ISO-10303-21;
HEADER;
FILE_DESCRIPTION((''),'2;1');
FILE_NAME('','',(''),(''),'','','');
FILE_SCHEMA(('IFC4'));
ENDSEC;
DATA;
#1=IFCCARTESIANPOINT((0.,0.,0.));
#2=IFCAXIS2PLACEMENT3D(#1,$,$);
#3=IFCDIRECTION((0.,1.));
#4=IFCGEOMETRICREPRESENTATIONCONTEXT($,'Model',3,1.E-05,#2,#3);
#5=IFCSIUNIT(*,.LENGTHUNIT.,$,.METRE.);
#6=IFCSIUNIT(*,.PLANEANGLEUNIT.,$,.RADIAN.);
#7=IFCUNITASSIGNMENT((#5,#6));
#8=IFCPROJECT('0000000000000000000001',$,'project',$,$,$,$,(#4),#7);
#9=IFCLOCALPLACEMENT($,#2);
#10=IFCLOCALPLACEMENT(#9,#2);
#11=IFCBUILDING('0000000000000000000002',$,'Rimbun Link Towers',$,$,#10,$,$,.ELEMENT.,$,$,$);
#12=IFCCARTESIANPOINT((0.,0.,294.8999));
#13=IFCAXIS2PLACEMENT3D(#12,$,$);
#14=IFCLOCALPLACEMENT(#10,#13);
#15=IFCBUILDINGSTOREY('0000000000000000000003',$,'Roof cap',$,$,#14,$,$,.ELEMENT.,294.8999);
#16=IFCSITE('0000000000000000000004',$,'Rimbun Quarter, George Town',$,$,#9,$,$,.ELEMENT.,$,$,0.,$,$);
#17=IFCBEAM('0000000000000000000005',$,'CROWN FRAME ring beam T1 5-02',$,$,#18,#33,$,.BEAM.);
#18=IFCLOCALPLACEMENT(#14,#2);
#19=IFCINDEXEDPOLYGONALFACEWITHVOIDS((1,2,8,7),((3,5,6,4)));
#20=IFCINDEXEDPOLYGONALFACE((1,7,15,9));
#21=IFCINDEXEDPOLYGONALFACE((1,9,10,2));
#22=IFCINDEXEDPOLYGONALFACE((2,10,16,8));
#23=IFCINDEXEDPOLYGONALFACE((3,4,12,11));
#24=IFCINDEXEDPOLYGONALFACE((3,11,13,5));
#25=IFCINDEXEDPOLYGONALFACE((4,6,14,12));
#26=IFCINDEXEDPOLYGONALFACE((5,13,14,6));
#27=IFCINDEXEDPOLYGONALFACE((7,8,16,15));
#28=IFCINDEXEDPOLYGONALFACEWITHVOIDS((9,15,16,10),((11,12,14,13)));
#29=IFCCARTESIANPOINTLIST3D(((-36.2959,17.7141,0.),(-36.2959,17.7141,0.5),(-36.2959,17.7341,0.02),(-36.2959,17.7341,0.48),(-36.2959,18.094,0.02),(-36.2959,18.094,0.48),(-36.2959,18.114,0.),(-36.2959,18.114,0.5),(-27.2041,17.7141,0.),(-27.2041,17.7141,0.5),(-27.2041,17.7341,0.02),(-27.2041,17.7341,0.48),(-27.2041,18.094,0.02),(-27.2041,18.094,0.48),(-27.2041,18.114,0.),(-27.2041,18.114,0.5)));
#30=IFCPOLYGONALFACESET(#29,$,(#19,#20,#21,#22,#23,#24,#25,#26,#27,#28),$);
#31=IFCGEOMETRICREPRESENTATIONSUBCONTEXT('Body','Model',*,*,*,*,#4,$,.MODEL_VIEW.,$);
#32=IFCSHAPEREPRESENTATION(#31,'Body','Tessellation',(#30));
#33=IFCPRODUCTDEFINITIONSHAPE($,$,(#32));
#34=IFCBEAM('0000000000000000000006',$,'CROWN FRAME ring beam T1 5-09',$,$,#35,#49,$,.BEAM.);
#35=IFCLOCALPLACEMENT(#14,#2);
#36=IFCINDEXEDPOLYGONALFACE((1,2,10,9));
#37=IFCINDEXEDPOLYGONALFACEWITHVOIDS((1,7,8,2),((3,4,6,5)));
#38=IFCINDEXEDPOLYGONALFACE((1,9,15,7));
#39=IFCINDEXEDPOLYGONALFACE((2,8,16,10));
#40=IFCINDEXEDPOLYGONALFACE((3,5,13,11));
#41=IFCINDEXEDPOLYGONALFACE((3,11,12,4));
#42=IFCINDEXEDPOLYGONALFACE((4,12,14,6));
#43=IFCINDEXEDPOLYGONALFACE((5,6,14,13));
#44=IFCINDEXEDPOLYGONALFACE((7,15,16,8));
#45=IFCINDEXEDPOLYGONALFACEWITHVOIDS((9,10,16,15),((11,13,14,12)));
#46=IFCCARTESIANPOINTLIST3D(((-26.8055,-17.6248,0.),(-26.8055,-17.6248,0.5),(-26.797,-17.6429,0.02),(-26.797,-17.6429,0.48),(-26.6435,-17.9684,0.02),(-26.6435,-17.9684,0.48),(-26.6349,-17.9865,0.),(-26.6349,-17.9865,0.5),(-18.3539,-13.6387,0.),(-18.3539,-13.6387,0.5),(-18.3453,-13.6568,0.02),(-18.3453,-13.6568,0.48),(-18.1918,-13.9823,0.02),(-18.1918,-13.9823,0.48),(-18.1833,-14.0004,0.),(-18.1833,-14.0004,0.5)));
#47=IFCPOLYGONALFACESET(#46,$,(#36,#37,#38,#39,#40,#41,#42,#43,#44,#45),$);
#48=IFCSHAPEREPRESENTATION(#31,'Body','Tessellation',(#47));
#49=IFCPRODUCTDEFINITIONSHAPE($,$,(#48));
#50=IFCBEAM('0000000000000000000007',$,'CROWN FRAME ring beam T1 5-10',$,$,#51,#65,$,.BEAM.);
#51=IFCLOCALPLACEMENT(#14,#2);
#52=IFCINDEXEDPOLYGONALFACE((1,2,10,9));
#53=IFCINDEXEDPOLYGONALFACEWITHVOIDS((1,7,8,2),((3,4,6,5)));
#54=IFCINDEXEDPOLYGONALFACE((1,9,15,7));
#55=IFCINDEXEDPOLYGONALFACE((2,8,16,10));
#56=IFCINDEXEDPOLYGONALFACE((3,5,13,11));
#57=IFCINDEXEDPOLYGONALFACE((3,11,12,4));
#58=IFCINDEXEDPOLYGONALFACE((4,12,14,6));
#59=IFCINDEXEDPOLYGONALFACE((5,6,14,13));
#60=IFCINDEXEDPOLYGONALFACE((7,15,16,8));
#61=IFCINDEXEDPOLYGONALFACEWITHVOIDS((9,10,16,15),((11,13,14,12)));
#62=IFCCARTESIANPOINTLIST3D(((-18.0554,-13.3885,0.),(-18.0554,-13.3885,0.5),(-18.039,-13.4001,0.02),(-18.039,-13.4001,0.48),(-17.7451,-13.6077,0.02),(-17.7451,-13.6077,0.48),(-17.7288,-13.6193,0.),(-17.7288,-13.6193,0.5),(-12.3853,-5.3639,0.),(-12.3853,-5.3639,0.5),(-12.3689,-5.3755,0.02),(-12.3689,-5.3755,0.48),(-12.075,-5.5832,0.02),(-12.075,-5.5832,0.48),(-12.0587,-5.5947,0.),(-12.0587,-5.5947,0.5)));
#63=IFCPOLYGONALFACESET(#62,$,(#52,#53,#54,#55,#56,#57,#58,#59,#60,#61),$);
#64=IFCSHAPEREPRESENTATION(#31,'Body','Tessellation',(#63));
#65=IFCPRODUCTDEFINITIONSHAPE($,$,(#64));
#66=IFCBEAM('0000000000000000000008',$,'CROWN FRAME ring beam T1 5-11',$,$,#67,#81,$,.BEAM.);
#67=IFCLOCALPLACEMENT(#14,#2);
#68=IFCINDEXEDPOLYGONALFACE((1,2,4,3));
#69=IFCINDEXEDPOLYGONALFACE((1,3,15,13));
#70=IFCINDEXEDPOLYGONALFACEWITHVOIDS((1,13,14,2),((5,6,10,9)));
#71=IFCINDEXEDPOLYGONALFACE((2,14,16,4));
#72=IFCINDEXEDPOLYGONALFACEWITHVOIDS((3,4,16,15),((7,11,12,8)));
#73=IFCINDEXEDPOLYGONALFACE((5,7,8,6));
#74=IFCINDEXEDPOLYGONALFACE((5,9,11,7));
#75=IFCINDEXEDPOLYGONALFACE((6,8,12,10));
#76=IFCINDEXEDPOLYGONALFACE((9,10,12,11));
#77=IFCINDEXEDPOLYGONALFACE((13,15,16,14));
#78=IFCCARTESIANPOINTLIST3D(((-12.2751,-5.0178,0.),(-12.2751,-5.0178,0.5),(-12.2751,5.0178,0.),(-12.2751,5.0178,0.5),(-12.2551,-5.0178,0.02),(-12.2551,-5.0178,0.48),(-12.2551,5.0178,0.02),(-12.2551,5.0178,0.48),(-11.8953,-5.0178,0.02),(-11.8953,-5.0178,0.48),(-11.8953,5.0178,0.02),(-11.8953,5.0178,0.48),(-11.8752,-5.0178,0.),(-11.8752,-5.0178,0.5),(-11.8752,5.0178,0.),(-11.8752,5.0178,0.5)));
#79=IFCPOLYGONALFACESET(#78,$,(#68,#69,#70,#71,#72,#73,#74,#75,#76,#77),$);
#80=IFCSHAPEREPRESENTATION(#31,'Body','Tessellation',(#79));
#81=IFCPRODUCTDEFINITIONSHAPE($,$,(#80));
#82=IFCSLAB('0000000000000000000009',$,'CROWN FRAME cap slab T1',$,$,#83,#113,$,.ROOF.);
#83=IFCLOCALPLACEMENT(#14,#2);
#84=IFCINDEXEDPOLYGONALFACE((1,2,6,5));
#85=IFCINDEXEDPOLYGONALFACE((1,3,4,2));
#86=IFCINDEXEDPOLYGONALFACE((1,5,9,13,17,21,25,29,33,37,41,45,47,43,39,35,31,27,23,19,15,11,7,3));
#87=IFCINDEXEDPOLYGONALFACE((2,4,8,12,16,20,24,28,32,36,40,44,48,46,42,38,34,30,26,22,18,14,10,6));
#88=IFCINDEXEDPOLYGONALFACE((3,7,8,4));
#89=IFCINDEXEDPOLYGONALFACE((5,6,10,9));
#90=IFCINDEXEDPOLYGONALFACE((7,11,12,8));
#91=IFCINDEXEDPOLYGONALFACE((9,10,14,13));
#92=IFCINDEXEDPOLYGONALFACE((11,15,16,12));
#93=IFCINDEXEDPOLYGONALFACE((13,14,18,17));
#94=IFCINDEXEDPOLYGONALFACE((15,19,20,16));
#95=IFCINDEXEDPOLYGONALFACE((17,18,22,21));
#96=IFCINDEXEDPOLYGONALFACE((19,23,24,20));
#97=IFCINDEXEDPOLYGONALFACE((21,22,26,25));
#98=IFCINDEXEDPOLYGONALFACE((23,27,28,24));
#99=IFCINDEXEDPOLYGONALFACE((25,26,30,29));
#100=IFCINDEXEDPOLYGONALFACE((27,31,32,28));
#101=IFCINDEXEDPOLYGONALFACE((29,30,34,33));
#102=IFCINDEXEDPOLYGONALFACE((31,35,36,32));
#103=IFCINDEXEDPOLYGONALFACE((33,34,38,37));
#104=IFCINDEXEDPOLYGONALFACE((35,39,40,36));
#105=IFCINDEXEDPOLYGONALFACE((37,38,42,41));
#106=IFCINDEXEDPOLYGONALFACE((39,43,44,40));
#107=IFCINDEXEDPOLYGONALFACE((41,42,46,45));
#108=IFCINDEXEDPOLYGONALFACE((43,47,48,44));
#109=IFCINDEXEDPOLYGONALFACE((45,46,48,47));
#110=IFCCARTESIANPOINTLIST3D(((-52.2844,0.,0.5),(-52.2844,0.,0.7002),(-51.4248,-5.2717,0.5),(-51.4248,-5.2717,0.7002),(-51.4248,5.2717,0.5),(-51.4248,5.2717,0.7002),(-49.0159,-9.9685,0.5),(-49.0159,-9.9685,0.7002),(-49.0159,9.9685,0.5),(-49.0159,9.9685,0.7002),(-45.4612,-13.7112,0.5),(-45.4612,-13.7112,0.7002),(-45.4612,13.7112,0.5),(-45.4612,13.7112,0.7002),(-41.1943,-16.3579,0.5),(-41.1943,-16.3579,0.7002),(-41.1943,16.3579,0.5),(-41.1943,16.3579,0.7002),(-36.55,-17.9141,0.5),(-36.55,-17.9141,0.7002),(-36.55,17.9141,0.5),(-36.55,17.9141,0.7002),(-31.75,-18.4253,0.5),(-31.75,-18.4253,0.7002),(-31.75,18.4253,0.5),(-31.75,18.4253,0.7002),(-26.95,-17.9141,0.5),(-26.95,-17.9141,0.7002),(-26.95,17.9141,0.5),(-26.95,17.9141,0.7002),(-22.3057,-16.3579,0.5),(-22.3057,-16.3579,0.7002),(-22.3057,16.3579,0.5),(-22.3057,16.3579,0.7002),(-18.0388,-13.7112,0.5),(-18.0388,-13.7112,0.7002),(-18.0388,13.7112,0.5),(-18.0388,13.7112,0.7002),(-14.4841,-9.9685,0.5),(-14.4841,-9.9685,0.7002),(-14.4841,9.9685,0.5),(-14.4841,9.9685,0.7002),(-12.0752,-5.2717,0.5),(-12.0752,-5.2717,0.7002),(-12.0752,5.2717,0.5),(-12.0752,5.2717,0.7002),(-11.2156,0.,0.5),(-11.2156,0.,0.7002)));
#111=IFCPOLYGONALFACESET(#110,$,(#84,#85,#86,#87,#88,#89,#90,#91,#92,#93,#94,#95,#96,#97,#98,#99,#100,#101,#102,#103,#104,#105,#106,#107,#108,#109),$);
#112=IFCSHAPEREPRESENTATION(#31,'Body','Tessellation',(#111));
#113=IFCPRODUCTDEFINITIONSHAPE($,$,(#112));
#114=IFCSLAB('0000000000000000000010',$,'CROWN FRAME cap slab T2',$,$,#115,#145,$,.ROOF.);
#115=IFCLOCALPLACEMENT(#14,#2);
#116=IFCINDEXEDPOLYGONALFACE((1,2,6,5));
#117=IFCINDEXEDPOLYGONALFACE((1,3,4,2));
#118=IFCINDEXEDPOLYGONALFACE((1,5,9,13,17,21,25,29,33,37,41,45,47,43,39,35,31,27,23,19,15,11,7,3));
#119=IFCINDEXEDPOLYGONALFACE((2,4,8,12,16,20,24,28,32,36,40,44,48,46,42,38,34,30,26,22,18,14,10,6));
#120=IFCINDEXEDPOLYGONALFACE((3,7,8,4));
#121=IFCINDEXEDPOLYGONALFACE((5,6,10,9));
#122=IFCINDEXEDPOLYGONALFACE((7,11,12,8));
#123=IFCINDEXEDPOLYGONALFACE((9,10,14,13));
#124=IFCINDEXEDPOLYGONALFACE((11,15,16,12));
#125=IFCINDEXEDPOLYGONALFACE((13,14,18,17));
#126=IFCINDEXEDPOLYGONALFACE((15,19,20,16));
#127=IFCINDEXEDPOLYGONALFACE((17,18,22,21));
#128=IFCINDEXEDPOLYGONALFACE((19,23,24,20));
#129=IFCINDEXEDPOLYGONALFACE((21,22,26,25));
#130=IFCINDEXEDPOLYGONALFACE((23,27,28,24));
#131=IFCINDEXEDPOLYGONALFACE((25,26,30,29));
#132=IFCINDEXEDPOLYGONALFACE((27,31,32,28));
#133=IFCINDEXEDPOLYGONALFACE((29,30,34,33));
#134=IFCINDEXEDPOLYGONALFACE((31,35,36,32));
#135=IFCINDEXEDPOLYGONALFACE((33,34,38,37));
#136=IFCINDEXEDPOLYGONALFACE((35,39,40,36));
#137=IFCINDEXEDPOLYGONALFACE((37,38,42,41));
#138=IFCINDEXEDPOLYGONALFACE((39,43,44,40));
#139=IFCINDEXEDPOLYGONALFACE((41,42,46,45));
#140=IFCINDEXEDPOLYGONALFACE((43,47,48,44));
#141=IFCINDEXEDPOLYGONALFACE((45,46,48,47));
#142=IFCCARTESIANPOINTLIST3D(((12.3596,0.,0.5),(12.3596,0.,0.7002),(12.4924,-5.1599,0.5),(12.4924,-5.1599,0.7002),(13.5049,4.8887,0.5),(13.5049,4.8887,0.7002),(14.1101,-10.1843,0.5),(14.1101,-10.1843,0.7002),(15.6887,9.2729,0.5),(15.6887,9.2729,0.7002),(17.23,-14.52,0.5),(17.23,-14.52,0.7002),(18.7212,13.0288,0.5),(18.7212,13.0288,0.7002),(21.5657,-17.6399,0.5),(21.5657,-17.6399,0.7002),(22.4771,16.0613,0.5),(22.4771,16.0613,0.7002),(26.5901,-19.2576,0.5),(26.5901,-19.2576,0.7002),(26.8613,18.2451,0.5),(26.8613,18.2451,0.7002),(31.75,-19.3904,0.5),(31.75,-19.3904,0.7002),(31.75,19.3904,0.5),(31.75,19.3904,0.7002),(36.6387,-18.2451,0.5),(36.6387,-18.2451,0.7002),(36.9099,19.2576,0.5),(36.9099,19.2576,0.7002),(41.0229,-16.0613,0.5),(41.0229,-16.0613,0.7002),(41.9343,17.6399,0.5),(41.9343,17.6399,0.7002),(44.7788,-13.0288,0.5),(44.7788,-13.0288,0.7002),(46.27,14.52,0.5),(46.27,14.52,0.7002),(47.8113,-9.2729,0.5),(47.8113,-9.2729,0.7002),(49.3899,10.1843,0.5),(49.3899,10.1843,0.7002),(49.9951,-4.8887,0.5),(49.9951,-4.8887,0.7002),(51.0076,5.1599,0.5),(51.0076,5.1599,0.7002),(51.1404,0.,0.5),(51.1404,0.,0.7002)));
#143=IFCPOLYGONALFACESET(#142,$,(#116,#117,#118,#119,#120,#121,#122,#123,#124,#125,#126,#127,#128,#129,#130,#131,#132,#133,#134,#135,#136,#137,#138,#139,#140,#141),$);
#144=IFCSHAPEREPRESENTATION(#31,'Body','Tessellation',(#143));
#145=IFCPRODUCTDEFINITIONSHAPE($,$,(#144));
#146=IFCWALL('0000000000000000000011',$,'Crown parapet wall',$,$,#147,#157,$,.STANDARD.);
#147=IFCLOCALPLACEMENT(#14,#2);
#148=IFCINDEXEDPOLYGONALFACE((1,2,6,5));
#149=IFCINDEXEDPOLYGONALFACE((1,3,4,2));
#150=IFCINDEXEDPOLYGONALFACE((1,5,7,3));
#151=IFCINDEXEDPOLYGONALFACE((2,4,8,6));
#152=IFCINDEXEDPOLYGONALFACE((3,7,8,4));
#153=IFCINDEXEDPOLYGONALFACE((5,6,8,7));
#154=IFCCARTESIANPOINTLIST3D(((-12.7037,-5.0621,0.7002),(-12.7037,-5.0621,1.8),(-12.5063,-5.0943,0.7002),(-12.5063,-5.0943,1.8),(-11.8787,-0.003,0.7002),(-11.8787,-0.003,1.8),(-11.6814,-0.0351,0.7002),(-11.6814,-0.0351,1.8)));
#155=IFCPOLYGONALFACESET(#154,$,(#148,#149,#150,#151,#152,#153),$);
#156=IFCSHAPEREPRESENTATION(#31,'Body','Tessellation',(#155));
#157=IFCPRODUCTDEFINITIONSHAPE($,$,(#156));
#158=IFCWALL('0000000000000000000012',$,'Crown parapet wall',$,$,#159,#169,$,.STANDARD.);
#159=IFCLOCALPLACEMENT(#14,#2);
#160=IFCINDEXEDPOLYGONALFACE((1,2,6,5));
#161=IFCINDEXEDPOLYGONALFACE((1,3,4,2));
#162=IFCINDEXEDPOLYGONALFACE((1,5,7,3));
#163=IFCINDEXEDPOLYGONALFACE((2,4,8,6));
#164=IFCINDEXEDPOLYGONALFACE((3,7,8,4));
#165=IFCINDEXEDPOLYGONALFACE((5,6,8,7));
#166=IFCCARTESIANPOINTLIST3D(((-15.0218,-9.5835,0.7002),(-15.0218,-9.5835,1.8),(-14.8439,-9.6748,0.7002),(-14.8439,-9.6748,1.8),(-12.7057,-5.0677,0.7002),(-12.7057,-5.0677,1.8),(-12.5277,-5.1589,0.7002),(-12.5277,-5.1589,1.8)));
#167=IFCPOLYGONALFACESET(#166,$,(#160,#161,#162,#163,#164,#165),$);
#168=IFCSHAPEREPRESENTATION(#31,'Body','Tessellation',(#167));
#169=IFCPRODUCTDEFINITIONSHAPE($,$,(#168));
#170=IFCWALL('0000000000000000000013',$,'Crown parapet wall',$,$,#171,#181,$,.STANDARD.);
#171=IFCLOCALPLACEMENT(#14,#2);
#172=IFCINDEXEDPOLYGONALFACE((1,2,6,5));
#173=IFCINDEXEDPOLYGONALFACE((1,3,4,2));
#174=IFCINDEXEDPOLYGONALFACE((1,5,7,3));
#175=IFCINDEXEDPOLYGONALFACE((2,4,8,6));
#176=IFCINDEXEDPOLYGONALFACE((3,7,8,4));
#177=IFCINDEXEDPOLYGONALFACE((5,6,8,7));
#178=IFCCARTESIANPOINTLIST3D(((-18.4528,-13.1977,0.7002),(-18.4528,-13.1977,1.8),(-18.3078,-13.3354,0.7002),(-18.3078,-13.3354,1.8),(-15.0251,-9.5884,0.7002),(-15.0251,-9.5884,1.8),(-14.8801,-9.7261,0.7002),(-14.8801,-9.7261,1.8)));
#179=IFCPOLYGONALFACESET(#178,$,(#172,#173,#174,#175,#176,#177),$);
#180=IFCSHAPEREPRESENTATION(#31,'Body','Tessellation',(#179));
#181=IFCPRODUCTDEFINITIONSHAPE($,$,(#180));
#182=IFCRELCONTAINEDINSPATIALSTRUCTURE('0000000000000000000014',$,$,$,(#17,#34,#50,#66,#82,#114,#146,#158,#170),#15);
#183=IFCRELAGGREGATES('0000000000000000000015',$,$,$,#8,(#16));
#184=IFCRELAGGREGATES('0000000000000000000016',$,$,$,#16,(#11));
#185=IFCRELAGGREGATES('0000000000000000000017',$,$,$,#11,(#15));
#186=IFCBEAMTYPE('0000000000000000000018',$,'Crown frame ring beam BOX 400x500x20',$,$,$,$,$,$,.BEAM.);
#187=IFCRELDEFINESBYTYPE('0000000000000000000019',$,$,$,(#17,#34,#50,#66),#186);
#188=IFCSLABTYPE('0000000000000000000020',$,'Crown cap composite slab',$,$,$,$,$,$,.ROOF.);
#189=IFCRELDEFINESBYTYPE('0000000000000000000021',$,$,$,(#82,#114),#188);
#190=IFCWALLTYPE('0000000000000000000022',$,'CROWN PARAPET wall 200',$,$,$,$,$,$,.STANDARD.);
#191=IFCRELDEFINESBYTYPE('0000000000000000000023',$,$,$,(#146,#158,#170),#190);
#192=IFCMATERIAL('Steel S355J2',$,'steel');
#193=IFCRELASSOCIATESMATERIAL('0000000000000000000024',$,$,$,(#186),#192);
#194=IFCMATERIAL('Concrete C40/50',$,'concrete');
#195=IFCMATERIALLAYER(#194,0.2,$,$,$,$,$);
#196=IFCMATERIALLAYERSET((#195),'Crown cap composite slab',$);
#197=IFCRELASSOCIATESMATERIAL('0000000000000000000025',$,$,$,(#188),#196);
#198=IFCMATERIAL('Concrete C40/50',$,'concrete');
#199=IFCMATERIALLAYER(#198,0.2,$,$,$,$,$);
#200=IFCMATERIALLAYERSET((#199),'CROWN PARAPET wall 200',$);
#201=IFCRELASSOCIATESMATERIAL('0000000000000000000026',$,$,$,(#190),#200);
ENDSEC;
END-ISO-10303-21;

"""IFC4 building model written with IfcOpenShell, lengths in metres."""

from ifc_helpers import new_model, si_unit, direction, frame, frame_2d, origin, origin_2d, place, context, subcontext, project, spatial, polyline, rectangle, hollow_rectangle, outline, extrude, material, layer, layer_set, material_profile, profile_set, type_object, element, save


model = new_model("IFC4")

# Units and contexts
model_context = context("Model", 3, precision=1e-05, world=origin(), true_north=direction((0.0, 1.0)))
body_context = subcontext(model_context, "Body", "Model", "MODEL_VIEW")
ifc_project = project(units=[si_unit("LENGTHUNIT", "METRE"), si_unit("PLANEANGLEUNIT", "RADIAN")], contexts=[model_context])

# Site, building, storey
site_placement = place(None, origin())
site = spatial("IfcSite", under=ifc_project, at=site_placement, Name="Rimbun Quarter, George Town", CompositionType="ELEMENT", RefElevation=0.0)
building_placement = place(site_placement, origin())
building = spatial("IfcBuilding", under=site, at=building_placement, Name="Rimbun Link Towers", CompositionType="ELEMENT")
storey_placement = place(building_placement, frame((0.0, 0.0, 294.8999)))
storey = spatial("IfcBuildingStorey", under=building, at=storey_placement, Name="Roof cap", CompositionType="ELEMENT", Elevation=294.8999)

# Beams
ifc_material_1 = material(Name="Steel S355J2", Category="steel")
ifc_material_profile_1 = material_profile(ifc_material_1, hollow_rectangle(XDim=0.3999, YDim=0.5, WallThickness=0.02, at=origin_2d()), Name="Crown frame ring beam BOX 400x500x20")
ifc_profile_set_1 = profile_set([ifc_material_profile_1], Name="Steel S355J2")
beam_type_1 = type_object("IfcBeamType", Name="Crown frame ring beam BOX 400x500x20", PredefinedType="BEAM", material=ifc_profile_set_1)
beam_1_placement = place(storey_placement, frame((-27.2041, 17.9141, 0.25), z_axis=(-1.0, 0.0, 0.0), x_axis=(0.0, -1.0, 0.0)))
element("IfcBeam", 1, at=beam_1_placement, inside=storey, type_object=beam_type_1, Name="CROWN FRAME ring beam T1 5-02", PredefinedType="BEAM", context=body_context, shape_type="SweptSolid", body=[
    extrude(hollow_rectangle(XDim=0.3999, YDim=0.5, WallThickness=0.02, at=origin_2d()), origin(), (0.0, 0.0, 1.0), 9.0918),
])
beam_2_placement = place(storey_placement, frame((-26.7202, -17.8057, 0.25), z_axis=(0.904454, 0.426571, 0.0), x_axis=(-0.426571, 0.904454, 0.0)))
element("IfcBeam", 2, at=beam_2_placement, inside=storey, type_object=beam_type_1, Name="CROWN FRAME ring beam T1 5-09", PredefinedType="BEAM", context=body_context, shape_type="SweptSolid", body=[
    extrude(hollow_rectangle(XDim=0.3999, YDim=0.5, WallThickness=0.02, at=origin_2d()), origin(), (0.0, 0.0, 1.0), 9.3445),
])
beam_3_placement = place(storey_placement, frame((-17.8921, -13.5039, 0.25), z_axis=(0.57707, 0.816694, 0.0), x_axis=(-0.816694, 0.57707, 0.0)))
element("IfcBeam", 3, at=beam_3_placement, inside=storey, type_object=beam_type_1, Name="CROWN FRAME ring beam T1 5-10", PredefinedType="BEAM", context=body_context, shape_type="SweptSolid", body=[
    extrude(hollow_rectangle(XDim=0.3999, YDim=0.5, WallThickness=0.02, at=origin_2d()), origin(), (0.0, 0.0, 1.0), 9.8257),
])
beam_4_placement = place(storey_placement, frame((-12.0752, -5.0178, 0.25), z_axis=(0.0, 1.0, 0.0), x_axis=(-1.0, 0.0, 0.0)))
element("IfcBeam", 4, at=beam_4_placement, inside=storey, type_object=beam_type_1, Name="CROWN FRAME ring beam T1 5-11", PredefinedType="BEAM", context=body_context, shape_type="SweptSolid", body=[
    extrude(hollow_rectangle(XDim=0.3999, YDim=0.5, WallThickness=0.02, at=origin_2d()), origin(), (0.0, 0.0, 1.0), 10.0356),
])

# Slabs
ifc_material_2 = material(Name="Concrete C40/50", Category="concrete")
ifc_layer_1 = layer(ifc_material_2, 0.2)
ifc_layer_set_1 = layer_set([ifc_layer_1], Name="Crown cap composite slab")
slab_type = type_object("IfcSlabType", Name="Crown cap composite slab", PredefinedType="ROOF", material=ifc_layer_set_1)
slab_1_placement = place(storey_placement, frame((0.0, 0.0, 0.5)))
element("IfcSlab", 5, at=slab_1_placement, inside=storey, type_object=slab_type, Name="CROWN FRAME cap slab T1", PredefinedType="ROOF", context=body_context, shape_type="SweptSolid", body=[
    extrude(outline(polyline([(-11.2156, 0.0), (-12.0752, 5.2717), (-14.4841, 9.9685), (-18.0388, 13.7112), (-22.3057, 16.3579), (-26.95, 17.9141), (-31.75, 18.4253), (-36.55, 17.9141), (-41.1943, 16.3579), (-45.4612, 13.7112), (-49.0159, 9.9685), (-51.4248, 5.2717), (-52.2844, 0.0), (-51.4248, -5.2717), (-49.0159, -9.9685), (-45.4612, -13.7112), (-41.1943, -16.3579), (-36.55, -17.9141), (-31.75, -18.4253), (-26.95, -17.9141), (-22.3057, -16.3579), (-18.0388, -13.7112), (-14.4841, -9.9685), (-12.0752, -5.2717), (-11.2156, 0.0)])), origin(), (0.0, 0.0, 1.0), 0.2002),
])
slab_2_placement = place(storey_placement, frame((0.0, 0.0, 0.5)))
element("IfcSlab", 6, at=slab_2_placement, inside=storey, type_object=slab_type, Name="CROWN FRAME cap slab T2", PredefinedType="ROOF", context=body_context, shape_type="SweptSolid", body=[
    extrude(outline(polyline([(46.27, 14.52), (41.9343, 17.6399), (36.9099, 19.2576), (31.75, 19.3904), (26.8613, 18.2451), (22.4771, 16.0613), (18.7212, 13.0288), (15.6887, 9.2729), (13.5049, 4.8887), (12.3596, 0.0), (12.4924, -5.1599), (14.1101, -10.1843), (17.23, -14.52), (21.5657, -17.6399), (26.5901, -19.2576), (31.75, -19.3904), (36.6387, -18.2451), (41.0229, -16.0613), (44.7788, -13.0288), (47.8113, -9.2729), (49.9951, -4.8887), (51.1404, 0.0), (51.0076, 5.1599), (49.3899, 10.1843), (46.27, 14.52)])), origin(), (0.0, 0.0, 1.0), 0.2002),
])

# Walls
ifc_material_3 = material(Name="Concrete C40/50", Category="concrete")
ifc_layer_2 = layer(ifc_material_3, 0.2)
ifc_layer_set_2 = layer_set([ifc_layer_2], Name="CROWN PARAPET wall 200")
wall_type = type_object("IfcWallType", Name="CROWN PARAPET wall 200", PredefinedType="STANDARD", material=ifc_layer_set_2)
wall_1_placement = place(storey_placement, frame((-11.78, -0.019, 0.7002), z_axis=(0.0, 0.0, 1.0), x_axis=(-0.160938, -0.986965, 0.0)))
element("IfcWall", 7, at=wall_1_placement, inside=storey, type_object=wall_type, Name="Crown parapet wall", PredefinedType="STANDARD", context=body_context, shape_type="SweptSolid", body=[
    extrude(rectangle(XDim=5.126, YDim=0.2, at=frame_2d((2.563, 0.0))), origin(), (0.0, 0.0, 1.0), 1.0999),
])
wall_2_placement = place(storey_placement, frame((-12.6167, -5.1133, 0.7002), z_axis=(0.0, 0.0, 1.0), x_axis=(-0.456368, -0.889791, 0.0)))
element("IfcWall", 8, at=wall_2_placement, inside=storey, type_object=wall_type, Name="Crown parapet wall", PredefinedType="STANDARD", context=body_context, shape_type="SweptSolid", body=[
    extrude(rectangle(XDim=5.0752, YDim=0.2, at=frame_2d((2.5376, 0.0))), origin(), (0.0, 0.0, 1.0), 1.0999),
])
wall_3_placement = place(storey_placement, frame((-14.9526, -9.6572, 0.7002), z_axis=(0.0, 0.0, 1.0), x_axis=(-0.688626, -0.725117, 0.0)))
element("IfcWall", 9, at=wall_3_placement, inside=storey, type_object=wall_type, Name="Crown parapet wall", PredefinedType="STANDARD", context=body_context, shape_type="SweptSolid", body=[
    extrude(rectangle(XDim=4.9775, YDim=0.2, at=frame_2d((2.4888, 0.0))), origin(), (0.0, 0.0, 1.0), 1.0999),
])

save(model, "model.ifc")
